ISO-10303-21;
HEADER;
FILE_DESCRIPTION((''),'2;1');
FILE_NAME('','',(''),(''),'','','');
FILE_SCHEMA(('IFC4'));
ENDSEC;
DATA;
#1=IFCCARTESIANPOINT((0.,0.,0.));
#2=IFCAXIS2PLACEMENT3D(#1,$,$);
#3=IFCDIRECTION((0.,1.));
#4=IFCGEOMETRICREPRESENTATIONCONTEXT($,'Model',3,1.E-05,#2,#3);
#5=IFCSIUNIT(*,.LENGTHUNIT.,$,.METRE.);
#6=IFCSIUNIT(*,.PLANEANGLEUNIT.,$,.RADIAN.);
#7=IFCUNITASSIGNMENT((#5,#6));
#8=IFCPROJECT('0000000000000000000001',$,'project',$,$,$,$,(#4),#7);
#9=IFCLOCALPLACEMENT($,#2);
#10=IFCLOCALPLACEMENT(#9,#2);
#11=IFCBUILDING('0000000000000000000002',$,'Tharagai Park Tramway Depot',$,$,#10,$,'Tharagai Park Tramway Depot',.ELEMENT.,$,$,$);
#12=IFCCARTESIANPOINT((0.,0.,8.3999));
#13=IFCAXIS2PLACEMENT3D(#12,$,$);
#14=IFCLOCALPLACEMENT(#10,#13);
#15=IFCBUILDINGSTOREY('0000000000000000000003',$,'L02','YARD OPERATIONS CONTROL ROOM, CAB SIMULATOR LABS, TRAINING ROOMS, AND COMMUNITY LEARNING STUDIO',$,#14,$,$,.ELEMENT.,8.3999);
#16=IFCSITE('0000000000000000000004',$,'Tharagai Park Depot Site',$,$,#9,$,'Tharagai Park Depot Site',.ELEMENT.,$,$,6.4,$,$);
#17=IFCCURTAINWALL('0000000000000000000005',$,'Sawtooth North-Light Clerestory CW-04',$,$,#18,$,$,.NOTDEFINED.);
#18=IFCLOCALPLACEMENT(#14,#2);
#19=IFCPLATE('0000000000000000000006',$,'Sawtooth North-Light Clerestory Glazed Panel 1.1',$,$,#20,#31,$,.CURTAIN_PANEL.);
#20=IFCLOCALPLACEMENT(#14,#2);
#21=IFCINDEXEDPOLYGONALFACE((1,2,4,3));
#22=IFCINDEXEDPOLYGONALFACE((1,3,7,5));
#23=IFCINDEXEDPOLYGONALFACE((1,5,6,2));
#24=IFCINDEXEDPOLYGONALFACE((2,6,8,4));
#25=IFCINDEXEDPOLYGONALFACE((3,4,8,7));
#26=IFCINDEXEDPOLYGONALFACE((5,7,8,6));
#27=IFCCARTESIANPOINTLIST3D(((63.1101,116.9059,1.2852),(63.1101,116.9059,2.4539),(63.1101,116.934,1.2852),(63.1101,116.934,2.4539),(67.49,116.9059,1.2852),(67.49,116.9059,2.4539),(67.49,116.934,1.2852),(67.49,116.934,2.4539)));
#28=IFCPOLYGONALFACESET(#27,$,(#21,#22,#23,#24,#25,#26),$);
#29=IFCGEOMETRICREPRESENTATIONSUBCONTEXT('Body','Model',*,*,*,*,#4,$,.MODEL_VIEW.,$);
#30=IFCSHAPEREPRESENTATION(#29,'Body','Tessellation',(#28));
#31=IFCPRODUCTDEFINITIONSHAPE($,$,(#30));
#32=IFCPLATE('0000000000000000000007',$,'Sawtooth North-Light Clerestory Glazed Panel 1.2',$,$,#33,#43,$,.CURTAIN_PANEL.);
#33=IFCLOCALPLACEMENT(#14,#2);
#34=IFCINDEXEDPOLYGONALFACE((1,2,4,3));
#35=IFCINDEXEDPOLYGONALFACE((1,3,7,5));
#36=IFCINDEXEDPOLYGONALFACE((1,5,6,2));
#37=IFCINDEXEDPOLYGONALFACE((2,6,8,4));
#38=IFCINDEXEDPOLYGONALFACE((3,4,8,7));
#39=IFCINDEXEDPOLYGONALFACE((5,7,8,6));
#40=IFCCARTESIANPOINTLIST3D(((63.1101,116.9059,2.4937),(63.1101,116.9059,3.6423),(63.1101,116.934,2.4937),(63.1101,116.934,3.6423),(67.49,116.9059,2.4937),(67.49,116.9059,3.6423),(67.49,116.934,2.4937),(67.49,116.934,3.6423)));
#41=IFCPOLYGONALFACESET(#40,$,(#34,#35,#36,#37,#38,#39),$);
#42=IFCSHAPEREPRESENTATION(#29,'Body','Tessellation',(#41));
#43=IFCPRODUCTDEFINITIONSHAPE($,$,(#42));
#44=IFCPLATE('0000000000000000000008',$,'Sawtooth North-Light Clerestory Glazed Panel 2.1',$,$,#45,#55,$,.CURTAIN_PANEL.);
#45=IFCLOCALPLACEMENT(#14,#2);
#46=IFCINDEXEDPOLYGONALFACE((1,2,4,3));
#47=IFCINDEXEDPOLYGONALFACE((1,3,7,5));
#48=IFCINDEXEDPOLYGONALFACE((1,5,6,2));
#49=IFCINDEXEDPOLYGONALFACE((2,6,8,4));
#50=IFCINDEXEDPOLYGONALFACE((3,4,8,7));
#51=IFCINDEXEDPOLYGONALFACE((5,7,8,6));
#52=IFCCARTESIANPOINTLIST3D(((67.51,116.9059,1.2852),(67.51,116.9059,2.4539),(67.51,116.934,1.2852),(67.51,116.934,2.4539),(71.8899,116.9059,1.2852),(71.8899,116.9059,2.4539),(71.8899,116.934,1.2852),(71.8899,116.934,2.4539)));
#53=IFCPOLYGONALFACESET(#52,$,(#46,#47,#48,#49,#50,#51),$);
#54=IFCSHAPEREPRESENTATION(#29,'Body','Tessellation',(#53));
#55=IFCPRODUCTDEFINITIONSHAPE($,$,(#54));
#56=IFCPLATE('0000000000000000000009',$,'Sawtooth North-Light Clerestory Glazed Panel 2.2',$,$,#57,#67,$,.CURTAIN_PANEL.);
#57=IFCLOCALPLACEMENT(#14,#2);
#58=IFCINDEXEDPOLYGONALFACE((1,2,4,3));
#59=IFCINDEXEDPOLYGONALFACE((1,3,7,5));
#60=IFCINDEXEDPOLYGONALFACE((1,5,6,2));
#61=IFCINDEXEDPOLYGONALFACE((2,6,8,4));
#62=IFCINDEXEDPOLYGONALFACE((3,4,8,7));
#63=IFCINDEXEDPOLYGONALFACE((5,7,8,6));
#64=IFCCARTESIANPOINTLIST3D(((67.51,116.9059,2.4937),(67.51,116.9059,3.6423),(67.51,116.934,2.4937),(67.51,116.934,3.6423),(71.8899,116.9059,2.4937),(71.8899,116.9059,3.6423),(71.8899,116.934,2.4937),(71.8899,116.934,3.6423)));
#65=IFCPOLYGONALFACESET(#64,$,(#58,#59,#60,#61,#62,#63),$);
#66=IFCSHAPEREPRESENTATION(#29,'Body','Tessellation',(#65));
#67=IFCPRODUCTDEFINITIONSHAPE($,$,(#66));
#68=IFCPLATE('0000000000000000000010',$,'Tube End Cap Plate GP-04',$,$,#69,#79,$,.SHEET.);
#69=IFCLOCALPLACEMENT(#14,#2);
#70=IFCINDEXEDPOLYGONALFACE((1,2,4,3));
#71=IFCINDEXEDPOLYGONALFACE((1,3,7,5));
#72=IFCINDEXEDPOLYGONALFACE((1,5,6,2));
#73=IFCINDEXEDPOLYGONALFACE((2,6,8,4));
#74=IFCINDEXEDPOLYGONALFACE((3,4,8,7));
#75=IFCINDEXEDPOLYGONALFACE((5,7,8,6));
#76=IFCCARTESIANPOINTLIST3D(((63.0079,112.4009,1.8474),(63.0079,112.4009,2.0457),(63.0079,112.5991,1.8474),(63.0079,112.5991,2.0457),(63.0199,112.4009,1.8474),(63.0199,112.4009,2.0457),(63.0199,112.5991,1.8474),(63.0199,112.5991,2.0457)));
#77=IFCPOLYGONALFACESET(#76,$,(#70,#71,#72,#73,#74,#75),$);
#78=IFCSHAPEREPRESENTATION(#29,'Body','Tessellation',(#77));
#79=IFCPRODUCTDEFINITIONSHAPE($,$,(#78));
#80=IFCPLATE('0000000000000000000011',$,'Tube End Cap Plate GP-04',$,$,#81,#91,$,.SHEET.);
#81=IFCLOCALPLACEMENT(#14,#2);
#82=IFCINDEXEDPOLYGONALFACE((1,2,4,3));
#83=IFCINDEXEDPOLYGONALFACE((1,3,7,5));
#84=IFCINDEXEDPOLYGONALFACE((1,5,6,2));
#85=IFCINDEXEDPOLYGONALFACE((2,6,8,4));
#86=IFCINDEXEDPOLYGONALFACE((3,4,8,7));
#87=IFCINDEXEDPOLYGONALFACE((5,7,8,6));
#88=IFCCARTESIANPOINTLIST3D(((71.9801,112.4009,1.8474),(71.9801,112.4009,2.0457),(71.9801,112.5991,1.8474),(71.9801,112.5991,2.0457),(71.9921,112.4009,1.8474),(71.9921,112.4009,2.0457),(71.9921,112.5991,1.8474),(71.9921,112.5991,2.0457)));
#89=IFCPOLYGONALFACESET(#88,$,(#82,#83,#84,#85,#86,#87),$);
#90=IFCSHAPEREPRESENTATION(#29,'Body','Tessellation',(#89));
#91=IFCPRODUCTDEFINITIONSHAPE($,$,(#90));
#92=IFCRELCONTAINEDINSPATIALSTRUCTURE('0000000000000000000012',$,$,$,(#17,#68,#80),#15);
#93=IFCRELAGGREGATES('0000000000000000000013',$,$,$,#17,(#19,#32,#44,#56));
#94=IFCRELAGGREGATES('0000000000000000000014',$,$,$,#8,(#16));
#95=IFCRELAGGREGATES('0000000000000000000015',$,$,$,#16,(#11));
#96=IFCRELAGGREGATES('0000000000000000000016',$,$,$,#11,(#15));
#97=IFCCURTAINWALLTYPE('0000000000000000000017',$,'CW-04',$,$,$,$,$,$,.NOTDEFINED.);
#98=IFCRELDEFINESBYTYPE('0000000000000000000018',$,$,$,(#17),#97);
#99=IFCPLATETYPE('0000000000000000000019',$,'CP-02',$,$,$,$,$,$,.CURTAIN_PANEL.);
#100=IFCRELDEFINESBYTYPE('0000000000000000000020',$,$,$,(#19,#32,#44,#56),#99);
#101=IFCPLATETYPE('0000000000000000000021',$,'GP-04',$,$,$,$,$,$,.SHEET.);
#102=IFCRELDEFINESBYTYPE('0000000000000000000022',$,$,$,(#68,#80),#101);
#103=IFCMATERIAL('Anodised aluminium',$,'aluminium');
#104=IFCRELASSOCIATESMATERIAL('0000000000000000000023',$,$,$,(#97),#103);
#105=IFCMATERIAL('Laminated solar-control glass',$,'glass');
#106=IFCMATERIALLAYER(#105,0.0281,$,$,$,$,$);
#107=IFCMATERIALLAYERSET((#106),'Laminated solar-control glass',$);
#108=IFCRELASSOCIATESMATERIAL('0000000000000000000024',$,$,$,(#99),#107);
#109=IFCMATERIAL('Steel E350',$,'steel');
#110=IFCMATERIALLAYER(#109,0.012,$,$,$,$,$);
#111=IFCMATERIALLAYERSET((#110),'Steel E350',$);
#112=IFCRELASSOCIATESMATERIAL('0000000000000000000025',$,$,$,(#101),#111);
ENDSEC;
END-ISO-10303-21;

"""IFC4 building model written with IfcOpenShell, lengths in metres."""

from ifc_helpers import new_model, si_unit, direction, frame, origin, origin_2d, place, context, subcontext, project, spatial, rectangle, extrude, material, layer, layer_set, type_object, element, aggregate, save


model = new_model("IFC4")

# Units and contexts
model_context = context("Model", 3, precision=1e-05, world=origin(), true_north=direction((0.0, 1.0)))
body_context = subcontext(model_context, "Body", "Model", "MODEL_VIEW")
ifc_project = project(units=[si_unit("LENGTHUNIT", "METRE"), si_unit("PLANEANGLEUNIT", "RADIAN")], contexts=[model_context])

# Site, building, storey
site_placement = place(None, origin())
site = spatial("IfcSite", under=ifc_project, at=site_placement, Name="Tharagai Park Depot Site", LongName="Tharagai Park Depot Site", CompositionType="ELEMENT", RefElevation=6.4)
building_placement = place(site_placement, origin())
building = spatial("IfcBuilding", under=site, at=building_placement, Name="Tharagai Park Tramway Depot", LongName="Tharagai Park Tramway Depot", CompositionType="ELEMENT")
storey_placement = place(building_placement, frame((0.0, 0.0, 8.3999)))
storey = spatial("IfcBuildingStorey", under=building, at=storey_placement, Name="L02", Description="YARD OPERATIONS CONTROL ROOM, CAB SIMULATOR LABS, TRAINING ROOMS, AND COMMUNITY LEARNING STUDIO", CompositionType="ELEMENT", Elevation=8.3999)

# Shared definitions
ifc_material_1 = material(Name="Steel E350", Category="steel")

# Curtain wall
ifc_material_2 = material(Name="Anodised aluminium", Category="aluminium")
curtain_wall_type = type_object("IfcCurtainWallType", Name="CW-04", PredefinedType="NOTDEFINED", material=ifc_material_2)
curtain_wall_placement = place(storey_placement, origin())
curtain_wall = element("IfcCurtainWall", 1, at=curtain_wall_placement, inside=storey, type_object=curtain_wall_type, Name="Sawtooth North-Light Clerestory CW-04", PredefinedType="NOTDEFINED")

# Plates
ifc_material_3 = material(Name="Laminated solar-control glass", Category="glass")
ifc_layer_1 = layer(ifc_material_3, 0.0281)
ifc_layer_set_1 = layer_set([ifc_layer_1], Name="Laminated solar-control glass")
plate_type_1 = type_object("IfcPlateType", Name="CP-02", PredefinedType="CURTAIN_PANEL", material=ifc_layer_set_1)
plate_1_placement = place(storey_placement, frame((65.3, 116.9199, 1.2852), z_axis=(0.0, 0.0, 1.0), x_axis=(1.0, 0.0, 0.0)))
plate_1 = element("IfcPlate", 2, at=plate_1_placement, type_object=plate_type_1, Name="Sawtooth North-Light Clerestory Glazed Panel 1.1", PredefinedType="CURTAIN_PANEL", context=body_context, shape_type="SweptSolid", body=[
    extrude(rectangle(XDim=4.3799, YDim=0.0281, at=origin_2d()), origin(), (0.0, 0.0, 1.0), 1.1687),
])
plate_2_placement = place(storey_placement, frame((65.3, 116.9199, 2.4937), z_axis=(0.0, 0.0, 1.0), x_axis=(1.0, 0.0, 0.0)))
plate_2 = element("IfcPlate", 3, at=plate_2_placement, type_object=plate_type_1, Name="Sawtooth North-Light Clerestory Glazed Panel 1.2", PredefinedType="CURTAIN_PANEL", context=body_context, shape_type="SweptSolid", body=[
    extrude(rectangle(XDim=4.3799, YDim=0.0281, at=origin_2d()), origin(), (0.0, 0.0, 1.0), 1.1487),
])
plate_3_placement = place(storey_placement, frame((69.7, 116.9199, 1.2852), z_axis=(0.0, 0.0, 1.0), x_axis=(1.0, 0.0, 0.0)))
plate_3 = element("IfcPlate", 4, at=plate_3_placement, type_object=plate_type_1, Name="Sawtooth North-Light Clerestory Glazed Panel 2.1", PredefinedType="CURTAIN_PANEL", context=body_context, shape_type="SweptSolid", body=[
    extrude(rectangle(XDim=4.3799, YDim=0.0281, at=origin_2d()), origin(), (0.0, 0.0, 1.0), 1.1687),
])
plate_4_placement = place(storey_placement, frame((69.7, 116.9199, 2.4937), z_axis=(0.0, 0.0, 1.0), x_axis=(1.0, 0.0, 0.0)))
plate_4 = element("IfcPlate", 5, at=plate_4_placement, type_object=plate_type_1, Name="Sawtooth North-Light Clerestory Glazed Panel 2.2", PredefinedType="CURTAIN_PANEL", context=body_context, shape_type="SweptSolid", body=[
    extrude(rectangle(XDim=4.3799, YDim=0.0281, at=origin_2d()), origin(), (0.0, 0.0, 1.0), 1.1487),
])
aggregate(curtain_wall, [plate_1, plate_2, plate_3, plate_4])

# Plates
ifc_layer_2 = layer(ifc_material_1, 0.012)
ifc_layer_set_2 = layer_set([ifc_layer_2], Name="Steel E350")
plate_type_2 = type_object("IfcPlateType", Name="GP-04", PredefinedType="SHEET", material=ifc_layer_set_2)
for number, where, z_axis, x_axis, name in (
    (6, (63.0139, 112.5, 1.8474), (0.0, 0.0, 1.0), (1.0, 0.0, 0.0), "Tube End Cap Plate GP-04"),
    (7, (71.9861, 112.5, 1.8474), (0.0, 0.0, 1.0), (1.0, 0.0, 0.0), "Tube End Cap Plate GP-04"),
):
    element("IfcPlate", number, at=place(storey_placement, frame(where, z_axis=z_axis, x_axis=x_axis)), inside=storey, type_object=plate_type_2, Name=name, PredefinedType="SHEET", context=body_context, shape_type="SweptSolid", body=[
        extrude(rectangle(XDim=0.012, YDim=0.1982, at=origin_2d()), origin(), (0.0, 0.0, 1.0), 0.1982),
    ])

save(model, "model.ifc")
